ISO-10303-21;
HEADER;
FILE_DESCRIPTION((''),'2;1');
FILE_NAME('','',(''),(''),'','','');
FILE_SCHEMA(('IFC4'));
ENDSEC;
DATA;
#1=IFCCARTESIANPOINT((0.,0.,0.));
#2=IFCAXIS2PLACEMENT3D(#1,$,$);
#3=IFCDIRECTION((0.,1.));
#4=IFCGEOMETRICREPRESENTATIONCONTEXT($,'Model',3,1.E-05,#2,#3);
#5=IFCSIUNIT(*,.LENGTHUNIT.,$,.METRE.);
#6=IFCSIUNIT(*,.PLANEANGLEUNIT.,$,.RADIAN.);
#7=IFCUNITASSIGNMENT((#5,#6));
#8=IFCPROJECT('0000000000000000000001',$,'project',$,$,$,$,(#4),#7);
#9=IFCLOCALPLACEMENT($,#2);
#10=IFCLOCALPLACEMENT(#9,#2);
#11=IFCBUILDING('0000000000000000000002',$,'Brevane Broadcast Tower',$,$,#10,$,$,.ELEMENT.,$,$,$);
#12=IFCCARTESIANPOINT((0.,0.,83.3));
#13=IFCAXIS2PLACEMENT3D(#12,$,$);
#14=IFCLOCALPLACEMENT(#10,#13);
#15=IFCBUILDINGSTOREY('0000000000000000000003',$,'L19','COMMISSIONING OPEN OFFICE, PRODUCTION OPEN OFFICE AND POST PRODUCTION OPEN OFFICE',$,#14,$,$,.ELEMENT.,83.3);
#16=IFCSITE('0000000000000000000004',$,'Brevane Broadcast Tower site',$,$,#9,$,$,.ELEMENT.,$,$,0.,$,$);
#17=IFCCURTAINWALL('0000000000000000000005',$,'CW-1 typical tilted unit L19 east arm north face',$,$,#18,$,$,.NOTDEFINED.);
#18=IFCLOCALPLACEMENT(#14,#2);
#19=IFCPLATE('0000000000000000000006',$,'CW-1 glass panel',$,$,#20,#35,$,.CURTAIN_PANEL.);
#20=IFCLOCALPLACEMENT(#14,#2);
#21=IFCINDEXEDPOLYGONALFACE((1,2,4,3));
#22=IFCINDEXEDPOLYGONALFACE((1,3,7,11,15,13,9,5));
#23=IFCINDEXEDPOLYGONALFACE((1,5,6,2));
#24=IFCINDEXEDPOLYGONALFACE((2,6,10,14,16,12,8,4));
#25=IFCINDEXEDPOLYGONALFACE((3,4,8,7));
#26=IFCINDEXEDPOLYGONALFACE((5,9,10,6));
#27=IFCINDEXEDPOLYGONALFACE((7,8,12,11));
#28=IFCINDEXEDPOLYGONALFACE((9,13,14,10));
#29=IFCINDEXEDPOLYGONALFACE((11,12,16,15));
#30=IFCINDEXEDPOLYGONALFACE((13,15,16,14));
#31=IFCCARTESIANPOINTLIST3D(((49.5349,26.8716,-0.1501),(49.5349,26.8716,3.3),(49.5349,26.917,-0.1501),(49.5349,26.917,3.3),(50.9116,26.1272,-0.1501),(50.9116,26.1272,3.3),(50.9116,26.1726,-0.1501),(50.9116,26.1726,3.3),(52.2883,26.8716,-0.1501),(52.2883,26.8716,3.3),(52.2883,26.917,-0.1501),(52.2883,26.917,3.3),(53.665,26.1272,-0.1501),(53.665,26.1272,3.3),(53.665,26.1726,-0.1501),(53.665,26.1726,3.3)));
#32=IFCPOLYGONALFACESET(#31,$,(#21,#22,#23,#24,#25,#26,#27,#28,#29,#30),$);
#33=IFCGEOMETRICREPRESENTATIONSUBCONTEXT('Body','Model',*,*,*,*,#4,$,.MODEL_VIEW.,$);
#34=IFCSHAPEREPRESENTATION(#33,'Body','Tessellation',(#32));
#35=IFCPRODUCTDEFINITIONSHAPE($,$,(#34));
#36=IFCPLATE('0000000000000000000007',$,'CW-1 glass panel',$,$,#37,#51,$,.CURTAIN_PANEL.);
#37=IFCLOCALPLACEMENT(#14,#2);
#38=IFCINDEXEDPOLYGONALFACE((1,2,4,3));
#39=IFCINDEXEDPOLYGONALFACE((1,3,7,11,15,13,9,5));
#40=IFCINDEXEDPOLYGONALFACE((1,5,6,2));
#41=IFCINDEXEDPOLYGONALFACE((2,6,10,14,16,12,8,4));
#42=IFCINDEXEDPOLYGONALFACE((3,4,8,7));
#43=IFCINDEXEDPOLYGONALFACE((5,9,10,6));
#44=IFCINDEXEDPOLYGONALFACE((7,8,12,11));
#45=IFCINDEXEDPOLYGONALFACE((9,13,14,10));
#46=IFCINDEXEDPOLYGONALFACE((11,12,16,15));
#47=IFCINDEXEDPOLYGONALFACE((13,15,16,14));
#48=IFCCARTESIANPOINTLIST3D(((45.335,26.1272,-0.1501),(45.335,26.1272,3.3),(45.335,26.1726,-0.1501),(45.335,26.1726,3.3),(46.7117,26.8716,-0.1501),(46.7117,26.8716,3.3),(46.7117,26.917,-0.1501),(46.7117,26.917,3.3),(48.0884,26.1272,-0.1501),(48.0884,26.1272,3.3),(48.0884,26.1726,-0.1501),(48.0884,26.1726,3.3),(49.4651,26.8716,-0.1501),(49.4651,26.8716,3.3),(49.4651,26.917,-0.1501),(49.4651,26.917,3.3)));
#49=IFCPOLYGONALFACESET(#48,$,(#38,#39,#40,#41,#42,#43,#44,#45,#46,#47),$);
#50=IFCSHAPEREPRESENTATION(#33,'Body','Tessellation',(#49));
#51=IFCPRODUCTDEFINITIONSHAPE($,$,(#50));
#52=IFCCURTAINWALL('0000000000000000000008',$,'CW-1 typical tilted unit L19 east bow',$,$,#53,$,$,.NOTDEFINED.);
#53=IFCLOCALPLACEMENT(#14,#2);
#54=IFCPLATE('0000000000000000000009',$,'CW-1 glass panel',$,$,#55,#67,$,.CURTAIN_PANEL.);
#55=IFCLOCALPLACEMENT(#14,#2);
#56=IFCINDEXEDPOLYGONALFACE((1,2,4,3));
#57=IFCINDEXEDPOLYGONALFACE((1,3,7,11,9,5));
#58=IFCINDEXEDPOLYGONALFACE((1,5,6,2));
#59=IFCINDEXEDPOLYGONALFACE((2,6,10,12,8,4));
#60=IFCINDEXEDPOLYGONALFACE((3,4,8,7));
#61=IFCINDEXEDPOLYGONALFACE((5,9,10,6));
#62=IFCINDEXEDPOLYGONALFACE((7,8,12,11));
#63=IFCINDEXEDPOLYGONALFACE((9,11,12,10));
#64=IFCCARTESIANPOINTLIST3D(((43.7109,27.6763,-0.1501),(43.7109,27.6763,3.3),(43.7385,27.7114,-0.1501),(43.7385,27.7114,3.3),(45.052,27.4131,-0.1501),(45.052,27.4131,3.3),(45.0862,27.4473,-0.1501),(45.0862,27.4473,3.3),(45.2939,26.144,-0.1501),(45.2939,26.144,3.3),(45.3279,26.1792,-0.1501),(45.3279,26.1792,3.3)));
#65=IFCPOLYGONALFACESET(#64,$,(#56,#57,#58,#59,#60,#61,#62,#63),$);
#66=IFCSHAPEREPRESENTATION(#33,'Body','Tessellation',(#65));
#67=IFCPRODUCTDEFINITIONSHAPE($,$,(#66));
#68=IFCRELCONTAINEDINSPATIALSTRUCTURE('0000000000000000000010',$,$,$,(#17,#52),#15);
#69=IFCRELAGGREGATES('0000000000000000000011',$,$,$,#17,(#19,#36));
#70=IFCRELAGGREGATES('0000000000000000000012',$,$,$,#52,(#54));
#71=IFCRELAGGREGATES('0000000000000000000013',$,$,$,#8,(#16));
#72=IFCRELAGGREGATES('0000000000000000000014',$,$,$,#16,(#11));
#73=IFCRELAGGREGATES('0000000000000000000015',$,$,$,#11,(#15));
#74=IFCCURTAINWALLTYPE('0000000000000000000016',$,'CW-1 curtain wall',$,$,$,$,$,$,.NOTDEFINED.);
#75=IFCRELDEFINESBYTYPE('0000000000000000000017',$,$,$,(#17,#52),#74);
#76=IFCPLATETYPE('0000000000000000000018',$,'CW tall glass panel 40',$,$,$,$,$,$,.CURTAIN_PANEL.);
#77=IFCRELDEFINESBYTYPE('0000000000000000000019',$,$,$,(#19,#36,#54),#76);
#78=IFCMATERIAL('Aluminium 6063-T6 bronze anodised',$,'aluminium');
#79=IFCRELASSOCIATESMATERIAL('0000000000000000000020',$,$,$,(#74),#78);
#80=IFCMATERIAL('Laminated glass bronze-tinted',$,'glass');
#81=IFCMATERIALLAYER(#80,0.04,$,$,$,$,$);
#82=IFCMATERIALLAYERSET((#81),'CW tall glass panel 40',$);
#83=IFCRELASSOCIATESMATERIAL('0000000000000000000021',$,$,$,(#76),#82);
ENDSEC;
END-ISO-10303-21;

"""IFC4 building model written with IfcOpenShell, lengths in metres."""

from ifc_helpers import new_model, si_unit, direction, frame, origin, place, context, subcontext, project, spatial, polyline, outline, extrude, material, layer, layer_set, type_object, element, aggregate, save


model = new_model("IFC4")

# Units and contexts
model_context = context("Model", 3, precision=1e-05, world=origin(), true_north=direction((0.0, 1.0)))
body_context = subcontext(model_context, "Body", "Model", "MODEL_VIEW")
ifc_project = project(units=[si_unit("LENGTHUNIT", "METRE"), si_unit("PLANEANGLEUNIT", "RADIAN")], contexts=[model_context])

# Site, building, storey
site_placement = place(None, origin())
site = spatial("IfcSite", under=ifc_project, at=site_placement, Name="Brevane Broadcast Tower site", CompositionType="ELEMENT", RefElevation=0.0)
building_placement = place(site_placement, origin())
building = spatial("IfcBuilding", under=site, at=building_placement, Name="Brevane Broadcast Tower", CompositionType="ELEMENT")
storey_placement = place(building_placement, frame((0.0, 0.0, 83.3)))
storey = spatial("IfcBuildingStorey", under=building, at=storey_placement, Name="L19", Description="COMMISSIONING OPEN OFFICE, PRODUCTION OPEN OFFICE AND POST PRODUCTION OPEN OFFICE", CompositionType="ELEMENT", Elevation=83.3)

# Curtain wall, plates
ifc_material_1 = material(Name="Aluminium 6063-T6 bronze anodised", Category="aluminium")
curtain_wall_type = type_object("IfcCurtainWallType", Name="CW-1 curtain wall", PredefinedType="NOTDEFINED", material=ifc_material_1)
ifc_material_2 = material(Name="Laminated glass bronze-tinted", Category="glass")
ifc_layer = layer(ifc_material_2, 0.04)
ifc_layer_set = layer_set([ifc_layer], Name="CW tall glass panel 40")
plate_type = type_object("IfcPlateType", Name="CW tall glass panel 40", PredefinedType="CURTAIN_PANEL", material=ifc_layer_set)
curtain_wall_1_placement = place(storey_placement, origin())
curtain_wall_1 = element("IfcCurtainWall", 1, at=curtain_wall_1_placement, inside=storey, type_object=curtain_wall_type, Name="CW-1 typical tilted unit L19 east arm north face", PredefinedType="NOTDEFINED")
plate_1_placement = place(storey_placement, frame((0.0, 0.0, -0.1501)))
plate_1 = element("IfcPlate", 2, at=plate_1_placement, type_object=plate_type, Name="CW-1 glass panel", PredefinedType="CURTAIN_PANEL", context=body_context, shape_type="SweptSolid", body=[
    extrude(outline(polyline([(53.665, 26.1272), (53.665, 26.1726), (52.2883, 26.917), (50.9116, 26.1726), (49.5349, 26.917), (49.5349, 26.8716), (50.9116, 26.1272), (52.2883, 26.8716), (53.665, 26.1272)])), origin(), (0.0, 0.0, 1.0), 3.4502),
])
plate_2_placement = place(storey_placement, frame((0.0, 0.0, -0.1501)))
plate_2 = element("IfcPlate", 3, at=plate_2_placement, type_object=plate_type, Name="CW-1 glass panel", PredefinedType="CURTAIN_PANEL", context=body_context, shape_type="SweptSolid", body=[
    extrude(outline(polyline([(49.4651, 26.8716), (49.4651, 26.917), (48.0884, 26.1726), (46.7117, 26.917), (45.335, 26.1726), (45.335, 26.1272), (46.7117, 26.8716), (48.0884, 26.1272), (49.4651, 26.8716)])), origin(), (0.0, 0.0, 1.0), 3.4502),
])
aggregate(curtain_wall_1, [plate_1, plate_2])

# Curtain wall, plate
curtain_wall_2_placement = place(storey_placement, origin())
curtain_wall_2 = element("IfcCurtainWall", 4, at=curtain_wall_2_placement, inside=storey, type_object=curtain_wall_type, Name="CW-1 typical tilted unit L19 east bow", PredefinedType="NOTDEFINED")
plate_3_placement = place(storey_placement, frame((0.0, 0.0, -0.1501)))
plate_3 = element("IfcPlate", 5, at=plate_3_placement, type_object=plate_type, Name="CW-1 glass panel", PredefinedType="CURTAIN_PANEL", context=body_context, shape_type="SweptSolid", body=[
    extrude(outline(polyline([(45.2939, 26.144), (45.3279, 26.1792), (45.0862, 27.4473), (43.7385, 27.7114), (43.7109, 27.6763), (45.052, 27.4131), (45.2939, 26.144)])), origin(), (0.0, 0.0, 1.0), 3.4502),
])
aggregate(curtain_wall_2, [plate_3])

save(model, "model.ifc")
